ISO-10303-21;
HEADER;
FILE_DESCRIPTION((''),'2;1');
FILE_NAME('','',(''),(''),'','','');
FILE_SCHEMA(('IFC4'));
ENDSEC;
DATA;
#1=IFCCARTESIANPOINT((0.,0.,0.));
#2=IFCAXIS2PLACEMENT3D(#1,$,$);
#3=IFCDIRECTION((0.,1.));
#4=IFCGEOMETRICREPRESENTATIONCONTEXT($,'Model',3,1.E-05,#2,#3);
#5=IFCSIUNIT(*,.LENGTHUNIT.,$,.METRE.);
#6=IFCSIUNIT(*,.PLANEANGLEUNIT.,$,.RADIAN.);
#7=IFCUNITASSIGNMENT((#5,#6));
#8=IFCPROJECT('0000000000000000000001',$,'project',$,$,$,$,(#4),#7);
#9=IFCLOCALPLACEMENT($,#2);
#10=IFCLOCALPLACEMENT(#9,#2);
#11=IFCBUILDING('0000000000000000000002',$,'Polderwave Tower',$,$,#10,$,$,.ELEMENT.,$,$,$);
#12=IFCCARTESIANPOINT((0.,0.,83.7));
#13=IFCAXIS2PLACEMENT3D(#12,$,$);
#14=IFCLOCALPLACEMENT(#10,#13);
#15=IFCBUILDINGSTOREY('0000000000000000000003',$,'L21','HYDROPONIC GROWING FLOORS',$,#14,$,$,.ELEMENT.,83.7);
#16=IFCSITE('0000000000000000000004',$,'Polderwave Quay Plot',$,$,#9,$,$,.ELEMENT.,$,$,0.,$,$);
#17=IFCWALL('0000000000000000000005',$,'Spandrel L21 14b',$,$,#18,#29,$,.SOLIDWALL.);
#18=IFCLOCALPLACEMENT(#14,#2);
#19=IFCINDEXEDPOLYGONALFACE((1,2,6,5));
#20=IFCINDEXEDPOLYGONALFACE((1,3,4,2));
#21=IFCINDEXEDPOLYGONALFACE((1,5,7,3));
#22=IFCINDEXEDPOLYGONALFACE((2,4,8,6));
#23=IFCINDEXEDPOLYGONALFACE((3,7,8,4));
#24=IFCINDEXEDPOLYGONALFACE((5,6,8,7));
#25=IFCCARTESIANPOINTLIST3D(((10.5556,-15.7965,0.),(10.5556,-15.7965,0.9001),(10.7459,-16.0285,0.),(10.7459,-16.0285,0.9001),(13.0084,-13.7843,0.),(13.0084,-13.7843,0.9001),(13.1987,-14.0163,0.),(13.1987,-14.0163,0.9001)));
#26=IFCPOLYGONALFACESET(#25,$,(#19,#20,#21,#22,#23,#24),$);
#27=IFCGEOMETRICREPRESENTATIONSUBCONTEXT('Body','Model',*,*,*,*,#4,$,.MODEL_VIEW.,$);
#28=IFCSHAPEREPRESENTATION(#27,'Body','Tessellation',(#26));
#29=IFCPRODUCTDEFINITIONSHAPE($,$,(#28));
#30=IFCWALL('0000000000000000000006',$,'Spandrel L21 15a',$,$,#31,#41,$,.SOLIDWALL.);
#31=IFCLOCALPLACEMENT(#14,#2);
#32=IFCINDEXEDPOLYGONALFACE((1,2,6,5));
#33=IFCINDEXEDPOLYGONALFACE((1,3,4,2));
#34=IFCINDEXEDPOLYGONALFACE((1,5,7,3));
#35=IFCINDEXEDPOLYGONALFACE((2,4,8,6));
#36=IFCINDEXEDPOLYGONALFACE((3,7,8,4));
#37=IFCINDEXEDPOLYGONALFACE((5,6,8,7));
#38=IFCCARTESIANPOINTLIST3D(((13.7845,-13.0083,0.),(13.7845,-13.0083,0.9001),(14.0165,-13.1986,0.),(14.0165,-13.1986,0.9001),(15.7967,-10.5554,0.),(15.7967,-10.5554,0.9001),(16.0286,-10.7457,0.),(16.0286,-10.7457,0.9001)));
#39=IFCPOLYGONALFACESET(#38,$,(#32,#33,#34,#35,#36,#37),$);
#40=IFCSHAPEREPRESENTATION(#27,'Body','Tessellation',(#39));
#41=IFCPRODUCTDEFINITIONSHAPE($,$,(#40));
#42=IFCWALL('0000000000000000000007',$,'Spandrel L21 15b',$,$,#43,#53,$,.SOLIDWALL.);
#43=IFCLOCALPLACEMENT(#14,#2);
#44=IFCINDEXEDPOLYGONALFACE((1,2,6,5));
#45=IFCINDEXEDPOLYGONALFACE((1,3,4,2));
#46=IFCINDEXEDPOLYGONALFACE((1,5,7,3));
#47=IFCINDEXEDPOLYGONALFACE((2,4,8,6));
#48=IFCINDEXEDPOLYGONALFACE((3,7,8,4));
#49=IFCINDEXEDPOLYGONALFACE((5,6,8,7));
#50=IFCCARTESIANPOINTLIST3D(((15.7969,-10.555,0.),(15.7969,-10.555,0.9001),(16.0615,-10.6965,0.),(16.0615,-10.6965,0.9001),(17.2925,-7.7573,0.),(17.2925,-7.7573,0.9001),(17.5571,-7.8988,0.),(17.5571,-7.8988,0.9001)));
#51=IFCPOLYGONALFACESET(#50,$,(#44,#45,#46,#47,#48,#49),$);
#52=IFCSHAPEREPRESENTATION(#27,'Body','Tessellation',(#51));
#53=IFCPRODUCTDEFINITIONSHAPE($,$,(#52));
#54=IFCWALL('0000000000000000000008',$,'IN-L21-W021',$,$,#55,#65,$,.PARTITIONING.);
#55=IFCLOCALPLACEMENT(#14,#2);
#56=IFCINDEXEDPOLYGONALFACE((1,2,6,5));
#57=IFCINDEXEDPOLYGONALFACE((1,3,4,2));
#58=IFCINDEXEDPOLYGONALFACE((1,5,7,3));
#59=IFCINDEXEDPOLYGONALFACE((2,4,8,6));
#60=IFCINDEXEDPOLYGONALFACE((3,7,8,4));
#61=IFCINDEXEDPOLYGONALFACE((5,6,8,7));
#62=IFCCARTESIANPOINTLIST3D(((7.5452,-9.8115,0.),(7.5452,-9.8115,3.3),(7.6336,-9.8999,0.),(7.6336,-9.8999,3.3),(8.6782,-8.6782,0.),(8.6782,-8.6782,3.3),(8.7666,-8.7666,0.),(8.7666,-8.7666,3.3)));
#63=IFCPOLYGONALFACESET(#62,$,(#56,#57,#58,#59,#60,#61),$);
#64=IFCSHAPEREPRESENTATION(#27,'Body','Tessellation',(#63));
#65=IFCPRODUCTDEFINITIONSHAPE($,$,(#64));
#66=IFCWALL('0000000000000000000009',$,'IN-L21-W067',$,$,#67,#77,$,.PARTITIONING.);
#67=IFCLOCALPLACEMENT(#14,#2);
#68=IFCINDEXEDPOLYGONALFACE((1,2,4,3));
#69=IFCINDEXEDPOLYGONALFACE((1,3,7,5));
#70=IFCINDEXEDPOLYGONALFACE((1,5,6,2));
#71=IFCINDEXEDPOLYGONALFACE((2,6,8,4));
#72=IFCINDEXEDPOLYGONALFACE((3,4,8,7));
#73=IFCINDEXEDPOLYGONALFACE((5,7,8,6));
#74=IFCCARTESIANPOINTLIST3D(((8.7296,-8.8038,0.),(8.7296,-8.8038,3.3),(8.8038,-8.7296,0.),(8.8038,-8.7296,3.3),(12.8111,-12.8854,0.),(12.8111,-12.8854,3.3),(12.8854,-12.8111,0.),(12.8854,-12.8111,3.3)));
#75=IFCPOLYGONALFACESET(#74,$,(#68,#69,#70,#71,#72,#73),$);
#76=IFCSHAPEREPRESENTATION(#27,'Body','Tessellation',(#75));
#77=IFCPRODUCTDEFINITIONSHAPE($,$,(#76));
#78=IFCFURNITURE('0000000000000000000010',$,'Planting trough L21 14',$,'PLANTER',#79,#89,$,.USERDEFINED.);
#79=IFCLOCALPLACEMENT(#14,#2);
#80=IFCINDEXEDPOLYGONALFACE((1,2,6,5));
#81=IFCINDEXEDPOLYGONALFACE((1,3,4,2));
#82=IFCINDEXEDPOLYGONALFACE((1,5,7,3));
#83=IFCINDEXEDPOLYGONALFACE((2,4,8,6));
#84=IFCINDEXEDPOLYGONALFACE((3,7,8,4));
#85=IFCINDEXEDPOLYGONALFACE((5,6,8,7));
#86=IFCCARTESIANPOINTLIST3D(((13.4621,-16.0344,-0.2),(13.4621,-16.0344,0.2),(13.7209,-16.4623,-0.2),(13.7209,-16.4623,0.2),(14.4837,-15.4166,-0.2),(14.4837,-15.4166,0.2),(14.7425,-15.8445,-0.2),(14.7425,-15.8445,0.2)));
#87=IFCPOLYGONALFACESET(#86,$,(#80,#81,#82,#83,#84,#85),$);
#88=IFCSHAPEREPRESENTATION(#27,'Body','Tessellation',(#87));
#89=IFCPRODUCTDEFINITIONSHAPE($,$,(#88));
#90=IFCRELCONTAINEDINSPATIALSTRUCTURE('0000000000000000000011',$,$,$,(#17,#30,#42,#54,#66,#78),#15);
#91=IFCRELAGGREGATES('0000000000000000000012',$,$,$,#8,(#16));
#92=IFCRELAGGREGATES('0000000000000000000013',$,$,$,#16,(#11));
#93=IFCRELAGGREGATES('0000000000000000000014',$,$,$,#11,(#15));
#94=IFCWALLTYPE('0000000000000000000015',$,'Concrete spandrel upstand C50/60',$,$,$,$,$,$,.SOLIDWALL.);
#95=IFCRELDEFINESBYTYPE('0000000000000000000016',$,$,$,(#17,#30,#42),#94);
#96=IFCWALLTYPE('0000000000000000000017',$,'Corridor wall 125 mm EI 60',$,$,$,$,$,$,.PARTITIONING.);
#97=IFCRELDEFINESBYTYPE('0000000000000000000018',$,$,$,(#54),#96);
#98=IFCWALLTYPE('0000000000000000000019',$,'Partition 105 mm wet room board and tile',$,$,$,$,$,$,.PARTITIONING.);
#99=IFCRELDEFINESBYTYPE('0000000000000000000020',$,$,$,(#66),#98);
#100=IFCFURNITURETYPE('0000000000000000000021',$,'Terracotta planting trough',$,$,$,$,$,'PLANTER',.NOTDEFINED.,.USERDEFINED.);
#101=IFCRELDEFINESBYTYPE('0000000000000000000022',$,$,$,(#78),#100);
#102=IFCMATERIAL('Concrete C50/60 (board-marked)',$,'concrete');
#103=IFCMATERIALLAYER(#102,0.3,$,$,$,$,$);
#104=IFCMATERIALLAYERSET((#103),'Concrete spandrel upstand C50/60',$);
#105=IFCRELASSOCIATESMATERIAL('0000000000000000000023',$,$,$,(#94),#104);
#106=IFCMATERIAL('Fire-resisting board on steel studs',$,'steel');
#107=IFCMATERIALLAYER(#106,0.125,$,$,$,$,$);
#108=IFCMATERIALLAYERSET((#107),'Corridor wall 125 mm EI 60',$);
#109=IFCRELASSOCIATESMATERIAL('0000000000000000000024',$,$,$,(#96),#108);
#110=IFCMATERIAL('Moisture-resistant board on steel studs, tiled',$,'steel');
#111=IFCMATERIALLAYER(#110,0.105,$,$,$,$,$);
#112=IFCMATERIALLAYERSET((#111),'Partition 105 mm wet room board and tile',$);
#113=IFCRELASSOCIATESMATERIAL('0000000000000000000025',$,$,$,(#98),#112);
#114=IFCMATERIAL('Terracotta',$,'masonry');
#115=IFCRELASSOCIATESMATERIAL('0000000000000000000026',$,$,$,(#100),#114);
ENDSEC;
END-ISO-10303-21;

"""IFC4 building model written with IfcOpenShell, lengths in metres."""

from ifc_helpers import new_model, si_unit, direction, frame, frame_2d, origin, origin_2d, place, context, subcontext, project, spatial, rectangle, extrude, material, layer, layer_set, type_object, element, save


model = new_model("IFC4")

# Units and contexts
model_context = context("Model", 3, precision=1e-05, world=origin(), true_north=direction((0.0, 1.0)))
body_context = subcontext(model_context, "Body", "Model", "MODEL_VIEW")
ifc_project = project(units=[si_unit("LENGTHUNIT", "METRE"), si_unit("PLANEANGLEUNIT", "RADIAN")], contexts=[model_context])

# Site, building, storey
site_placement = place(None, origin())
site = spatial("IfcSite", under=ifc_project, at=site_placement, Name="Polderwave Quay Plot", CompositionType="ELEMENT", RefElevation=0.0)
building_placement = place(site_placement, origin())
building = spatial("IfcBuilding", under=site, at=building_placement, Name="Polderwave Tower", CompositionType="ELEMENT")
storey_placement = place(building_placement, frame((0.0, 0.0, 83.7)))
storey = spatial("IfcBuildingStorey", under=building, at=storey_placement, Name="L21", Description="HYDROPONIC GROWING FLOORS", CompositionType="ELEMENT", Elevation=83.7)

# Walls
ifc_material_1 = material(Name="Concrete C50/60 (board-marked)", Category="concrete")
ifc_layer_1 = layer(ifc_material_1, 0.3)
ifc_layer_set_1 = layer_set([ifc_layer_1], Name="Concrete spandrel upstand C50/60")
wall_type_1 = type_object("IfcWallType", Name="Concrete spandrel upstand C50/60", PredefinedType="SOLIDWALL", material=ifc_layer_set_1)
for number, where, z_axis, x_axis, name in (
    (1, (10.6506, -15.9126, 0.0), (0.0, 0.0, 1.0), (0.773137, 0.634239, 0.0), "Spandrel L21 14b"),
    (2, (13.9004, -13.1035, 0.0), (0.0, 0.0, 1.0), (0.634239, 0.773137, 0.0), "Spandrel L21 15a"),
):
    element("IfcWall", number, at=place(storey_placement, frame(where, z_axis=z_axis, x_axis=x_axis)), inside=storey, type_object=wall_type_1, Name=name, PredefinedType="SOLIDWALL", context=body_context, shape_type="SweptSolid", body=[
        extrude(rectangle(XDim=3.1726, YDim=0.3, at=frame_2d((1.5864, 0.0))), origin(), (0.0, 0.0, 1.0), 0.9001),
    ])
wall_1_placement = place(storey_placement, frame((15.9292, -10.6257, 0.0), z_axis=(0.0, 0.0, 1.0), x_axis=(0.471459, 0.881888, 0.0)))
element("IfcWall", 3, at=wall_1_placement, inside=storey, type_object=wall_type_1, Name="Spandrel L21 15b", PredefinedType="SOLIDWALL", context=body_context, shape_type="SweptSolid", body=[
    extrude(rectangle(XDim=3.1724, YDim=0.3, at=frame_2d((1.5862, 0.0))), origin(), (0.0, 0.0, 1.0), 0.9001),
])
ifc_material_2 = material(Name="Fire-resisting board on steel studs", Category="steel")
ifc_layer_2 = layer(ifc_material_2, 0.125)
ifc_layer_set_2 = layer_set([ifc_layer_2], Name="Corridor wall 125 mm EI 60")
wall_type_2 = type_object("IfcWallType", Name="Corridor wall 125 mm EI 60", PredefinedType="PARTITIONING", material=ifc_layer_set_2)
wall_2_placement = place(storey_placement, frame((8.7224, -8.7224, 0.0), z_axis=(0.0, 0.0, 1.0), x_axis=(-0.707031, -0.707183, 0.0)))
element("IfcWall", 4, at=wall_2_placement, inside=storey, type_object=wall_type_2, Name="IN-L21-W021", PredefinedType="PARTITIONING", context=body_context, shape_type="SweptSolid", body=[
    extrude(rectangle(XDim=1.6025, YDim=0.125, at=frame_2d((0.8013, 0.0))), origin(), (0.0, 0.0, 1.0), 3.3),
])
ifc_material_3 = material(Name="Moisture-resistant board on steel studs, tiled", Category="steel")
ifc_layer_3 = layer(ifc_material_3, 0.105)
ifc_layer_set_3 = layer_set([ifc_layer_3], Name="Partition 105 mm wet room board and tile")
wall_type_3 = type_object("IfcWallType", Name="Partition 105 mm wet room board and tile", PredefinedType="PARTITIONING", material=ifc_layer_set_3)
wall_3_placement = place(storey_placement, frame((8.7666, -8.7666, 0.0), z_axis=(0.0, 0.0, 1.0), x_axis=(0.707107, -0.707107, 0.0)))
element("IfcWall", 5, at=wall_3_placement, inside=storey, type_object=wall_type_3, Name="IN-L21-W067", PredefinedType="PARTITIONING", context=body_context, shape_type="SweptSolid", body=[
    extrude(rectangle(XDim=5.7722, YDim=0.105, at=frame_2d((2.8862, 0.0))), origin(), (0.0, 0.0, 1.0), 3.3),
])

# Furniture
ifc_material_4 = material(Name="Terracotta", Category="masonry")
furniture_type = type_object("IfcFurnitureType", Name="Terracotta planting trough", ElementType="PLANTER", AssemblyPlace="NOTDEFINED", PredefinedType="USERDEFINED", material=ifc_material_4)
furniture_placement = place(storey_placement, frame((14.1023, -15.9395, -0.2), z_axis=(0.0, 0.0, 1.0), x_axis=(0.855712, 0.517452, 0.0)))
element("IfcFurniture", 6, at=furniture_placement, inside=storey, type_object=furniture_type, Name="Planting trough L21 14", ObjectType="PLANTER", PredefinedType="USERDEFINED", context=body_context, shape_type="SweptSolid", body=[
    extrude(rectangle(XDim=1.1938, YDim=0.5, at=origin_2d()), origin(), (0.0, 0.0, 1.0), 0.3999),
])

save(model, "model.ifc")
